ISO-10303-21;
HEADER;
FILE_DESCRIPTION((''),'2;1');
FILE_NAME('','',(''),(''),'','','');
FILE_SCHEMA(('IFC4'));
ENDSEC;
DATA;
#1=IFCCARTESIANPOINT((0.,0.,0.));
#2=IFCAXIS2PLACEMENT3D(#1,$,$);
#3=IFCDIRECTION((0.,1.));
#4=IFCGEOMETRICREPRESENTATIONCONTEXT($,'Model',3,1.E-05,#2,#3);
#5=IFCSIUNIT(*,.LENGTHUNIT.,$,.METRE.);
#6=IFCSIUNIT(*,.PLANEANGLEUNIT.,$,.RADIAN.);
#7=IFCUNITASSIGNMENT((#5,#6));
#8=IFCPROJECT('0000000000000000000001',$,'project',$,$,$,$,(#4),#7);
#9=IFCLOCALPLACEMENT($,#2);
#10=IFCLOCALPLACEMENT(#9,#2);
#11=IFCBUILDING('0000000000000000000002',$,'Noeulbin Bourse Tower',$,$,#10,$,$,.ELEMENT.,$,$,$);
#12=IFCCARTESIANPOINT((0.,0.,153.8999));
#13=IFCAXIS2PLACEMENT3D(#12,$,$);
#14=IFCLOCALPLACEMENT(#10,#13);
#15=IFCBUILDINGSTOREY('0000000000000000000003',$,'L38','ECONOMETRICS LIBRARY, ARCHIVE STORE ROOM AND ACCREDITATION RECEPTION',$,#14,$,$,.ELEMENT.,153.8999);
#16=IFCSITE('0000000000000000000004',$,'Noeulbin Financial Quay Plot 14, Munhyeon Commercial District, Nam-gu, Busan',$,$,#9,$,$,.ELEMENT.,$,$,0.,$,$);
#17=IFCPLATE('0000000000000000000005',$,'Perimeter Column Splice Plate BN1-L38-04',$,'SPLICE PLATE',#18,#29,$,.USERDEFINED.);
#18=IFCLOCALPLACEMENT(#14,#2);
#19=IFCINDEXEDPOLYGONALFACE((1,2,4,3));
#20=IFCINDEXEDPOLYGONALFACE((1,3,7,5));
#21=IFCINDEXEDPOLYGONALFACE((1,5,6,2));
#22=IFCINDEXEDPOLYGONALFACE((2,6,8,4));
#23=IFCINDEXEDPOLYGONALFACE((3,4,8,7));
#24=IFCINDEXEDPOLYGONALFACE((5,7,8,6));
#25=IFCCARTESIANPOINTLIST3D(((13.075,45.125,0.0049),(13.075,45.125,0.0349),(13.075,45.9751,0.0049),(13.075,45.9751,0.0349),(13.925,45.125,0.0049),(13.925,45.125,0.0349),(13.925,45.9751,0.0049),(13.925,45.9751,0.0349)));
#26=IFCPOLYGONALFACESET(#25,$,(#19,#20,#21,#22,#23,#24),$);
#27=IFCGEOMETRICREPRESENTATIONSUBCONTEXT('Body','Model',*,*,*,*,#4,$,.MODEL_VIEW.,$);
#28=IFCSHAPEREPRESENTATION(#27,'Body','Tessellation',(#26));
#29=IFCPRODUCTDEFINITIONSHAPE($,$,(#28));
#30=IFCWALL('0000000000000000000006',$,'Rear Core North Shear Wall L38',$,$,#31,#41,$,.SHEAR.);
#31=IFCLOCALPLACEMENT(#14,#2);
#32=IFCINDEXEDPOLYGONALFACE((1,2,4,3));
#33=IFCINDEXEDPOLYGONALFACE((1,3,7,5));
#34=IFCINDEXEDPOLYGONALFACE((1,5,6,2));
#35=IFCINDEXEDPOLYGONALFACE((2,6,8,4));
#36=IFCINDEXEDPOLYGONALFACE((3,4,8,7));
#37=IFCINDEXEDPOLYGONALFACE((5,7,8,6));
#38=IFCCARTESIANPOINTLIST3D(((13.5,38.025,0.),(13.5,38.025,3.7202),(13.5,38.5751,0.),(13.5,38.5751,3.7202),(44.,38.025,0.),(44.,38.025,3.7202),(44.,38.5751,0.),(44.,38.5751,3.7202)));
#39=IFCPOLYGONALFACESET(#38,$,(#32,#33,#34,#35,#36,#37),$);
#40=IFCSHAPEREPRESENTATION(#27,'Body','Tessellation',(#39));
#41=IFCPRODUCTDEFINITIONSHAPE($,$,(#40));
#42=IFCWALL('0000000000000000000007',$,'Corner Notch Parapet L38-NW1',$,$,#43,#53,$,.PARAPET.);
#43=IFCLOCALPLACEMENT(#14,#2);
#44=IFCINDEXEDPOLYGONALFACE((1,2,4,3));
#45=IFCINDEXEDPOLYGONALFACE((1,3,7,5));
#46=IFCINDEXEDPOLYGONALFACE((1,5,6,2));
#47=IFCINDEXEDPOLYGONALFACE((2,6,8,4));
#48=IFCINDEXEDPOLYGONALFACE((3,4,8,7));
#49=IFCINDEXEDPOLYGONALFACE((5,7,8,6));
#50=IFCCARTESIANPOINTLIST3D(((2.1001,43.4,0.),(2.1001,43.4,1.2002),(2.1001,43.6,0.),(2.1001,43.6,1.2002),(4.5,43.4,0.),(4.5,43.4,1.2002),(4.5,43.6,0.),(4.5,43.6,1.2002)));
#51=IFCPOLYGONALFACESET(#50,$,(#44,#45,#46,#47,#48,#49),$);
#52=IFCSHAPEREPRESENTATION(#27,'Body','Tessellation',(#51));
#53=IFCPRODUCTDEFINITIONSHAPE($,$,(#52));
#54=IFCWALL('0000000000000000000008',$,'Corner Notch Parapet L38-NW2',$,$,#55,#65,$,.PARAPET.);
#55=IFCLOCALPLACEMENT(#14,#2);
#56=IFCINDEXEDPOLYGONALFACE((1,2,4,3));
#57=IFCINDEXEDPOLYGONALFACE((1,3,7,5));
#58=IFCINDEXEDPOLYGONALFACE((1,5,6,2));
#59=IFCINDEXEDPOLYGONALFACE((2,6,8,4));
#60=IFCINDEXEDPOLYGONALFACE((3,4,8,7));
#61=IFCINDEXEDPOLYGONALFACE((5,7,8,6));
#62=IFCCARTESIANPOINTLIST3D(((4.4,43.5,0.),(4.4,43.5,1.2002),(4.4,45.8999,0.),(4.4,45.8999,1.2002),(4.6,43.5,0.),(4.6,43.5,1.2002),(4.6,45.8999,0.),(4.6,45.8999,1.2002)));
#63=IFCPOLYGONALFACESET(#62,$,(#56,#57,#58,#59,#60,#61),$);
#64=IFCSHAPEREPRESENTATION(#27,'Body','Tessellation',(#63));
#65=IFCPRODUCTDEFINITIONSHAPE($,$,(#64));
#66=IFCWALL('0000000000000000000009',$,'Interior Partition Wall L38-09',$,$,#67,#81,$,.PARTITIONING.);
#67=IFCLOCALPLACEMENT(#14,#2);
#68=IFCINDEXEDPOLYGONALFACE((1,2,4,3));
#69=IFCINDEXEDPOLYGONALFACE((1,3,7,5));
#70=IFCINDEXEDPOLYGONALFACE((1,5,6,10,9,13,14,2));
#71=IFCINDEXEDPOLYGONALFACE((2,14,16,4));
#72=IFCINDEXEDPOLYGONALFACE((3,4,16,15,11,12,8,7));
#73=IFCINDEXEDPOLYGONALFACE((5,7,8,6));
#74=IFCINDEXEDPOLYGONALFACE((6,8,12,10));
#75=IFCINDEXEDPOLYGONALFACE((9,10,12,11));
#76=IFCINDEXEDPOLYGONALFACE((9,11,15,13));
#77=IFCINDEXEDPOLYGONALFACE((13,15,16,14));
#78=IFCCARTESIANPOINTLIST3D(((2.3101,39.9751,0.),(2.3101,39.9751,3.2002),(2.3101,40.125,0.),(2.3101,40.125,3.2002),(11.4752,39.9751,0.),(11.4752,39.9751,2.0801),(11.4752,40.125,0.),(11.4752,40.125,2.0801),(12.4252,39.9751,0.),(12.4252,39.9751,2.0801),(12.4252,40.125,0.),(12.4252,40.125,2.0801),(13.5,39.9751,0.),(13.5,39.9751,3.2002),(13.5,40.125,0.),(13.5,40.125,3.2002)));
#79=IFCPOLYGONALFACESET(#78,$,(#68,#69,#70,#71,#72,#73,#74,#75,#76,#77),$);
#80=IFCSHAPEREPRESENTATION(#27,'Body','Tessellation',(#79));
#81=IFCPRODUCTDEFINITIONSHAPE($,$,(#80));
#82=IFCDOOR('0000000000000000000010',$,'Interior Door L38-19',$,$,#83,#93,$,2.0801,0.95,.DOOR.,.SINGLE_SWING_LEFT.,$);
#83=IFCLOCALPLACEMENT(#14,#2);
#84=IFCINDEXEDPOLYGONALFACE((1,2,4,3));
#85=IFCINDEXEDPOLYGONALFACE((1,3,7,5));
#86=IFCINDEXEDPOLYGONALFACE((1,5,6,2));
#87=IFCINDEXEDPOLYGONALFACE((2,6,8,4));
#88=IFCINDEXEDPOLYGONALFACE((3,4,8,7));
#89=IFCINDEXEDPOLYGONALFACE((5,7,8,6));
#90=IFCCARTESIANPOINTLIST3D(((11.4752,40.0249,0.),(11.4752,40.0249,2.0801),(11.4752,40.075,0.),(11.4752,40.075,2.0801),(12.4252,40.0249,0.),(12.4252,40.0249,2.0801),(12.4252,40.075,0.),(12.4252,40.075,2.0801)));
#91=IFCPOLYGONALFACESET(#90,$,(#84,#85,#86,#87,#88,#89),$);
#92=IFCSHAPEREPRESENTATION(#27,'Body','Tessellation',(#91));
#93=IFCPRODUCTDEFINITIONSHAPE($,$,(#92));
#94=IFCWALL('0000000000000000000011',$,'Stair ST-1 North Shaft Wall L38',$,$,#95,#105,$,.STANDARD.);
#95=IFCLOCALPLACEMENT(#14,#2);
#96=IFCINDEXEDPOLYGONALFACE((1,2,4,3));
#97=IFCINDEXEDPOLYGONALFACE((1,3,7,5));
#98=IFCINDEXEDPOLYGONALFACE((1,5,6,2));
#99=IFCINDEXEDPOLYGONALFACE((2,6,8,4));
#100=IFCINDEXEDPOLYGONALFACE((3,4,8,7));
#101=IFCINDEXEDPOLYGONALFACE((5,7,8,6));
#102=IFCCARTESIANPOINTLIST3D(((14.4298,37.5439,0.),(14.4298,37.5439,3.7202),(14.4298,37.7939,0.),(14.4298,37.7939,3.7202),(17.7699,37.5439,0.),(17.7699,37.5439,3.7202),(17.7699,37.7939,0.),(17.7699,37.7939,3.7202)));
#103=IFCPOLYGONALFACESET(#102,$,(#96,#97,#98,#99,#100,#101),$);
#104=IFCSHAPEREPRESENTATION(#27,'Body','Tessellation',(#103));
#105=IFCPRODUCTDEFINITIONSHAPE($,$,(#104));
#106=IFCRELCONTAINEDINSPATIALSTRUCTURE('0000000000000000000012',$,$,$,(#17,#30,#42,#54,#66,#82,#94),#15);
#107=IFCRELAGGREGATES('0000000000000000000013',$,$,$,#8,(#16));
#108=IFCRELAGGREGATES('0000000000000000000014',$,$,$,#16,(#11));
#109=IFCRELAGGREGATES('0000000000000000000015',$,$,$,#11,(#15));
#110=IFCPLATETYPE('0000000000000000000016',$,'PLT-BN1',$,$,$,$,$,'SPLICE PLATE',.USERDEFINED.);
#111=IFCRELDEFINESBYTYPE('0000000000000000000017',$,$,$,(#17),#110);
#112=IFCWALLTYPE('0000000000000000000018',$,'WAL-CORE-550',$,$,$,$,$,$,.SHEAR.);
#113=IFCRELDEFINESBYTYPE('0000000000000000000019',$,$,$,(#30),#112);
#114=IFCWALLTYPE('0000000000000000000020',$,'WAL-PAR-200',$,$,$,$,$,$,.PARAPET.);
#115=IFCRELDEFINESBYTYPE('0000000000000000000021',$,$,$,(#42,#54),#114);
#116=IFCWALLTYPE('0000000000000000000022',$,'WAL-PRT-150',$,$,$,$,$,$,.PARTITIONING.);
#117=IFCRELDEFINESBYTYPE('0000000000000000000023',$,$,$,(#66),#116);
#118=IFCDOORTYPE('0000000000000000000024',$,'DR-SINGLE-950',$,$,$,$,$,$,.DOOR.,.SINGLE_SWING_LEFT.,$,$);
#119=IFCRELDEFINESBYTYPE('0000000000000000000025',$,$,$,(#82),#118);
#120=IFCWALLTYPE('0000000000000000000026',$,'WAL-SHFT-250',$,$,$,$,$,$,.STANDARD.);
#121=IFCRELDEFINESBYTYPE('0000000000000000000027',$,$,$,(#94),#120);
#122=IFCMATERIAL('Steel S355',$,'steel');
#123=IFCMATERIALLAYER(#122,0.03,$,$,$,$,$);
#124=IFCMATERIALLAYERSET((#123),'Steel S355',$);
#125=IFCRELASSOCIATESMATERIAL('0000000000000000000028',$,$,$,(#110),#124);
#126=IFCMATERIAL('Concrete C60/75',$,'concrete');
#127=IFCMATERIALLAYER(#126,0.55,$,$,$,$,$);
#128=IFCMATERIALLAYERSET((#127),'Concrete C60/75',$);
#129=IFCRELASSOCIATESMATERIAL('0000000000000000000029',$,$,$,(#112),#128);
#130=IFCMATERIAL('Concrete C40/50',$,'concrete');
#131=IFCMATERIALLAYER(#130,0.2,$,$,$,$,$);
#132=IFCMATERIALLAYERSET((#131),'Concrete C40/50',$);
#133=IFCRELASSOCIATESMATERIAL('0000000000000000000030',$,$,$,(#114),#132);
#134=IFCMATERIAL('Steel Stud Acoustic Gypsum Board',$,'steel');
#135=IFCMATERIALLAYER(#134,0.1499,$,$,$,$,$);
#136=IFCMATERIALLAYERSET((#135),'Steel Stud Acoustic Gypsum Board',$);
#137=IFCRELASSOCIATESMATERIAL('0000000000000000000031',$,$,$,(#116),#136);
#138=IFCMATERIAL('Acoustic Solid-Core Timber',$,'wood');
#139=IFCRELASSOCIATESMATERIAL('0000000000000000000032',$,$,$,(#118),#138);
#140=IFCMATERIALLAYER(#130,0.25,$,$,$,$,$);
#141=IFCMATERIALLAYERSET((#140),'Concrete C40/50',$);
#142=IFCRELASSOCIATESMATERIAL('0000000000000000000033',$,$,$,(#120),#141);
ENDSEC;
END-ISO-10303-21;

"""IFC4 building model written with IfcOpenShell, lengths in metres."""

from ifc_helpers import new_model, si_unit, direction, frame, frame_2d, origin, origin_2d, place, context, subcontext, project, spatial, rectangle, extrude, material, layer, layer_set, type_object, element, fill, save


model = new_model("IFC4")

# Units and contexts
model_context = context("Model", 3, precision=1e-05, world=origin(), true_north=direction((0.0, 1.0)))
body_context = subcontext(model_context, "Body", "Model", "MODEL_VIEW")
ifc_project = project(units=[si_unit("LENGTHUNIT", "METRE"), si_unit("PLANEANGLEUNIT", "RADIAN")], contexts=[model_context])

# Site, building, storey
site_placement = place(None, origin())
site = spatial("IfcSite", under=ifc_project, at=site_placement, Name="Noeulbin Financial Quay Plot 14, Munhyeon Commercial District, Nam-gu, Busan", CompositionType="ELEMENT", RefElevation=0.0)
building_placement = place(site_placement, origin())
building = spatial("IfcBuilding", under=site, at=building_placement, Name="Noeulbin Bourse Tower", CompositionType="ELEMENT")
storey_placement = place(building_placement, frame((0.0, 0.0, 153.8999)))
storey = spatial("IfcBuildingStorey", under=building, at=storey_placement, Name="L38", Description="ECONOMETRICS LIBRARY, ARCHIVE STORE ROOM AND ACCREDITATION RECEPTION", CompositionType="ELEMENT", Elevation=153.8999)

# Shared definitions
ifc_material_1 = material(Name="Steel S355", Category="steel")

# Plate
ifc_layer_1 = layer(ifc_material_1, 0.03)
ifc_layer_set_1 = layer_set([ifc_layer_1], Name="Steel S355")
plate_type_1 = type_object("IfcPlateType", Name="PLT-BN1", ElementType="SPLICE PLATE", PredefinedType="USERDEFINED", material=ifc_layer_set_1)
for number, where, z_axis, x_axis, name in (
    (1, (13.5, 45.55, 0.0049), (0.0, 0.0, 1.0), (1.0, 0.0, 0.0), "Perimeter Column Splice Plate BN1-L38-04"),
):
    element("IfcPlate", number, at=place(storey_placement, frame(where, z_axis=z_axis, x_axis=x_axis)), inside=storey, type_object=plate_type_1, Name=name, ObjectType="SPLICE PLATE", PredefinedType="USERDEFINED", context=body_context, shape_type="SweptSolid", body=[
        extrude(rectangle(XDim=0.8501, YDim=0.8501, at=origin_2d()), origin(), (0.0, 0.0, 1.0), 0.03),
    ])

# Walls
ifc_material_2 = material(Name="Concrete C60/75", Category="concrete")
ifc_layer_2 = layer(ifc_material_2, 0.55)
ifc_layer_set_2 = layer_set([ifc_layer_2], Name="Concrete C60/75")
wall_type_1 = type_object("IfcWallType", Name="WAL-CORE-550", PredefinedType="SHEAR", material=ifc_layer_set_2)
wall_1_placement = place(storey_placement, frame((13.5, 38.3, 0.0), z_axis=(0.0, 0.0, 1.0), x_axis=(1.0, 0.0, 0.0)))
element("IfcWall", 2, at=wall_1_placement, inside=storey, type_object=wall_type_1, Name="Rear Core North Shear Wall L38", PredefinedType="SHEAR", context=body_context, shape_type="SweptSolid", body=[
    extrude(rectangle(XDim=30.5, YDim=0.55, at=frame_2d((15.25, 0.0))), origin(), (0.0, 0.0, 1.0), 3.7202),
])
ifc_material_3 = material(Name="Concrete C40/50", Category="concrete")
ifc_layer_3 = layer(ifc_material_3, 0.2)
ifc_layer_set_3 = layer_set([ifc_layer_3], Name="Concrete C40/50")
wall_type_2 = type_object("IfcWallType", Name="WAL-PAR-200", PredefinedType="PARAPET", material=ifc_layer_set_3)
for number, where, z_axis, x_axis, name in (
    (3, (2.1001, 43.5, 0.0), (0.0, 0.0, 1.0), (1.0, 0.0, 0.0), "Corner Notch Parapet L38-NW1"),
    (4, (4.5, 43.5, 0.0), (0.0, 0.0, 1.0), (0.0, 1.0, 0.0), "Corner Notch Parapet L38-NW2"),
):
    element("IfcWall", number, at=place(storey_placement, frame(where, z_axis=z_axis, x_axis=x_axis)), inside=storey, type_object=wall_type_2, Name=name, PredefinedType="PARAPET", context=body_context, shape_type="SweptSolid", body=[
        extrude(rectangle(XDim=2.3999, YDim=0.2, at=frame_2d((1.2, 0.0))), origin(), (0.0, 0.0, 1.0), 1.2002),
    ])

# Wall, opening, door
ifc_material_4 = material(Name="Steel Stud Acoustic Gypsum Board", Category="steel")
ifc_layer_4 = layer(ifc_material_4, 0.1499)
ifc_layer_set_4 = layer_set([ifc_layer_4], Name="Steel Stud Acoustic Gypsum Board")
wall_type_3 = type_object("IfcWallType", Name="WAL-PRT-150", PredefinedType="PARTITIONING", material=ifc_layer_set_4)
wall_2_placement = place(storey_placement, frame((2.3101, 40.05, 0.0), z_axis=(0.0, 0.0, 1.0), x_axis=(1.0, 0.0, 0.0)))
wall_2 = element("IfcWall", 5, at=wall_2_placement, inside=storey, type_object=wall_type_3, Name="Interior Partition Wall L38-09", PredefinedType="PARTITIONING", context=body_context, shape_type="SweptSolid", body=[
    extrude(rectangle(XDim=11.1899, YDim=0.1499, at=frame_2d((5.595, 0.0))), origin(), (0.0, 0.0, 1.0), 3.2002),
])
opening_placement = place(wall_2_placement, frame((9.165, 0.0, 0.0)))
opening = element("IfcOpeningElement", 6, at=opening_placement, cuts=wall_2, PredefinedType="OPENING", context=body_context, shape_type="SweptSolid", body=[
    extrude(rectangle(XDim=0.95, YDim=2.0801, at=frame_2d((0.4751, 1.04))), frame((0.0, 0.085, 0.0), z_axis=(0.0, -1.0, 0.0), x_axis=(1.0, 0.0, 0.0)), (0.0, 0.0, 1.0), 0.1699),
])
ifc_material_5 = material(Name="Acoustic Solid-Core Timber", Category="wood")
door_type = type_object("IfcDoorType", Name="DR-SINGLE-950", OperationType="SINGLE_SWING_LEFT", PredefinedType="DOOR", material=ifc_material_5)
door_placement = place(opening_placement, origin())
door = element("IfcDoor", 7, at=door_placement, inside=storey, type_object=door_type, Name="Interior Door L38-19", OperationType="SINGLE_SWING_LEFT", OverallHeight=2.0801, OverallWidth=0.95, PredefinedType="DOOR", context=body_context, shape_type="SweptSolid", body=[
    extrude(rectangle(XDim=0.95, YDim=2.0801, at=frame_2d((0.4751, 1.04))), frame((0.0, 0.0249, 0.0), z_axis=(0.0, -1.0, 0.0), x_axis=(1.0, 0.0, 0.0)), (0.0, 0.0, 1.0), 0.05),
])
fill(opening, door)

# Wall
ifc_layer_5 = layer(ifc_material_3, 0.25)
ifc_layer_set_5 = layer_set([ifc_layer_5], Name="Concrete C40/50")
wall_type_4 = type_object("IfcWallType", Name="WAL-SHFT-250", PredefinedType="STANDARD", material=ifc_layer_set_5)
wall_3_placement = place(storey_placement, frame((14.4299, 37.6689, 0.0), z_axis=(0.0, 0.0, 1.0), x_axis=(1.0, 0.0, 0.0)))
element("IfcWall", 8, at=wall_3_placement, inside=storey, type_object=wall_type_4, Name="Stair ST-1 North Shaft Wall L38", PredefinedType="STANDARD", context=body_context, shape_type="SweptSolid", body=[
    extrude(rectangle(XDim=3.3401, YDim=0.25, at=frame_2d((1.6699, 0.0))), origin(), (0.0, 0.0, 1.0), 3.7202),
])

save(model, "model.ifc")
